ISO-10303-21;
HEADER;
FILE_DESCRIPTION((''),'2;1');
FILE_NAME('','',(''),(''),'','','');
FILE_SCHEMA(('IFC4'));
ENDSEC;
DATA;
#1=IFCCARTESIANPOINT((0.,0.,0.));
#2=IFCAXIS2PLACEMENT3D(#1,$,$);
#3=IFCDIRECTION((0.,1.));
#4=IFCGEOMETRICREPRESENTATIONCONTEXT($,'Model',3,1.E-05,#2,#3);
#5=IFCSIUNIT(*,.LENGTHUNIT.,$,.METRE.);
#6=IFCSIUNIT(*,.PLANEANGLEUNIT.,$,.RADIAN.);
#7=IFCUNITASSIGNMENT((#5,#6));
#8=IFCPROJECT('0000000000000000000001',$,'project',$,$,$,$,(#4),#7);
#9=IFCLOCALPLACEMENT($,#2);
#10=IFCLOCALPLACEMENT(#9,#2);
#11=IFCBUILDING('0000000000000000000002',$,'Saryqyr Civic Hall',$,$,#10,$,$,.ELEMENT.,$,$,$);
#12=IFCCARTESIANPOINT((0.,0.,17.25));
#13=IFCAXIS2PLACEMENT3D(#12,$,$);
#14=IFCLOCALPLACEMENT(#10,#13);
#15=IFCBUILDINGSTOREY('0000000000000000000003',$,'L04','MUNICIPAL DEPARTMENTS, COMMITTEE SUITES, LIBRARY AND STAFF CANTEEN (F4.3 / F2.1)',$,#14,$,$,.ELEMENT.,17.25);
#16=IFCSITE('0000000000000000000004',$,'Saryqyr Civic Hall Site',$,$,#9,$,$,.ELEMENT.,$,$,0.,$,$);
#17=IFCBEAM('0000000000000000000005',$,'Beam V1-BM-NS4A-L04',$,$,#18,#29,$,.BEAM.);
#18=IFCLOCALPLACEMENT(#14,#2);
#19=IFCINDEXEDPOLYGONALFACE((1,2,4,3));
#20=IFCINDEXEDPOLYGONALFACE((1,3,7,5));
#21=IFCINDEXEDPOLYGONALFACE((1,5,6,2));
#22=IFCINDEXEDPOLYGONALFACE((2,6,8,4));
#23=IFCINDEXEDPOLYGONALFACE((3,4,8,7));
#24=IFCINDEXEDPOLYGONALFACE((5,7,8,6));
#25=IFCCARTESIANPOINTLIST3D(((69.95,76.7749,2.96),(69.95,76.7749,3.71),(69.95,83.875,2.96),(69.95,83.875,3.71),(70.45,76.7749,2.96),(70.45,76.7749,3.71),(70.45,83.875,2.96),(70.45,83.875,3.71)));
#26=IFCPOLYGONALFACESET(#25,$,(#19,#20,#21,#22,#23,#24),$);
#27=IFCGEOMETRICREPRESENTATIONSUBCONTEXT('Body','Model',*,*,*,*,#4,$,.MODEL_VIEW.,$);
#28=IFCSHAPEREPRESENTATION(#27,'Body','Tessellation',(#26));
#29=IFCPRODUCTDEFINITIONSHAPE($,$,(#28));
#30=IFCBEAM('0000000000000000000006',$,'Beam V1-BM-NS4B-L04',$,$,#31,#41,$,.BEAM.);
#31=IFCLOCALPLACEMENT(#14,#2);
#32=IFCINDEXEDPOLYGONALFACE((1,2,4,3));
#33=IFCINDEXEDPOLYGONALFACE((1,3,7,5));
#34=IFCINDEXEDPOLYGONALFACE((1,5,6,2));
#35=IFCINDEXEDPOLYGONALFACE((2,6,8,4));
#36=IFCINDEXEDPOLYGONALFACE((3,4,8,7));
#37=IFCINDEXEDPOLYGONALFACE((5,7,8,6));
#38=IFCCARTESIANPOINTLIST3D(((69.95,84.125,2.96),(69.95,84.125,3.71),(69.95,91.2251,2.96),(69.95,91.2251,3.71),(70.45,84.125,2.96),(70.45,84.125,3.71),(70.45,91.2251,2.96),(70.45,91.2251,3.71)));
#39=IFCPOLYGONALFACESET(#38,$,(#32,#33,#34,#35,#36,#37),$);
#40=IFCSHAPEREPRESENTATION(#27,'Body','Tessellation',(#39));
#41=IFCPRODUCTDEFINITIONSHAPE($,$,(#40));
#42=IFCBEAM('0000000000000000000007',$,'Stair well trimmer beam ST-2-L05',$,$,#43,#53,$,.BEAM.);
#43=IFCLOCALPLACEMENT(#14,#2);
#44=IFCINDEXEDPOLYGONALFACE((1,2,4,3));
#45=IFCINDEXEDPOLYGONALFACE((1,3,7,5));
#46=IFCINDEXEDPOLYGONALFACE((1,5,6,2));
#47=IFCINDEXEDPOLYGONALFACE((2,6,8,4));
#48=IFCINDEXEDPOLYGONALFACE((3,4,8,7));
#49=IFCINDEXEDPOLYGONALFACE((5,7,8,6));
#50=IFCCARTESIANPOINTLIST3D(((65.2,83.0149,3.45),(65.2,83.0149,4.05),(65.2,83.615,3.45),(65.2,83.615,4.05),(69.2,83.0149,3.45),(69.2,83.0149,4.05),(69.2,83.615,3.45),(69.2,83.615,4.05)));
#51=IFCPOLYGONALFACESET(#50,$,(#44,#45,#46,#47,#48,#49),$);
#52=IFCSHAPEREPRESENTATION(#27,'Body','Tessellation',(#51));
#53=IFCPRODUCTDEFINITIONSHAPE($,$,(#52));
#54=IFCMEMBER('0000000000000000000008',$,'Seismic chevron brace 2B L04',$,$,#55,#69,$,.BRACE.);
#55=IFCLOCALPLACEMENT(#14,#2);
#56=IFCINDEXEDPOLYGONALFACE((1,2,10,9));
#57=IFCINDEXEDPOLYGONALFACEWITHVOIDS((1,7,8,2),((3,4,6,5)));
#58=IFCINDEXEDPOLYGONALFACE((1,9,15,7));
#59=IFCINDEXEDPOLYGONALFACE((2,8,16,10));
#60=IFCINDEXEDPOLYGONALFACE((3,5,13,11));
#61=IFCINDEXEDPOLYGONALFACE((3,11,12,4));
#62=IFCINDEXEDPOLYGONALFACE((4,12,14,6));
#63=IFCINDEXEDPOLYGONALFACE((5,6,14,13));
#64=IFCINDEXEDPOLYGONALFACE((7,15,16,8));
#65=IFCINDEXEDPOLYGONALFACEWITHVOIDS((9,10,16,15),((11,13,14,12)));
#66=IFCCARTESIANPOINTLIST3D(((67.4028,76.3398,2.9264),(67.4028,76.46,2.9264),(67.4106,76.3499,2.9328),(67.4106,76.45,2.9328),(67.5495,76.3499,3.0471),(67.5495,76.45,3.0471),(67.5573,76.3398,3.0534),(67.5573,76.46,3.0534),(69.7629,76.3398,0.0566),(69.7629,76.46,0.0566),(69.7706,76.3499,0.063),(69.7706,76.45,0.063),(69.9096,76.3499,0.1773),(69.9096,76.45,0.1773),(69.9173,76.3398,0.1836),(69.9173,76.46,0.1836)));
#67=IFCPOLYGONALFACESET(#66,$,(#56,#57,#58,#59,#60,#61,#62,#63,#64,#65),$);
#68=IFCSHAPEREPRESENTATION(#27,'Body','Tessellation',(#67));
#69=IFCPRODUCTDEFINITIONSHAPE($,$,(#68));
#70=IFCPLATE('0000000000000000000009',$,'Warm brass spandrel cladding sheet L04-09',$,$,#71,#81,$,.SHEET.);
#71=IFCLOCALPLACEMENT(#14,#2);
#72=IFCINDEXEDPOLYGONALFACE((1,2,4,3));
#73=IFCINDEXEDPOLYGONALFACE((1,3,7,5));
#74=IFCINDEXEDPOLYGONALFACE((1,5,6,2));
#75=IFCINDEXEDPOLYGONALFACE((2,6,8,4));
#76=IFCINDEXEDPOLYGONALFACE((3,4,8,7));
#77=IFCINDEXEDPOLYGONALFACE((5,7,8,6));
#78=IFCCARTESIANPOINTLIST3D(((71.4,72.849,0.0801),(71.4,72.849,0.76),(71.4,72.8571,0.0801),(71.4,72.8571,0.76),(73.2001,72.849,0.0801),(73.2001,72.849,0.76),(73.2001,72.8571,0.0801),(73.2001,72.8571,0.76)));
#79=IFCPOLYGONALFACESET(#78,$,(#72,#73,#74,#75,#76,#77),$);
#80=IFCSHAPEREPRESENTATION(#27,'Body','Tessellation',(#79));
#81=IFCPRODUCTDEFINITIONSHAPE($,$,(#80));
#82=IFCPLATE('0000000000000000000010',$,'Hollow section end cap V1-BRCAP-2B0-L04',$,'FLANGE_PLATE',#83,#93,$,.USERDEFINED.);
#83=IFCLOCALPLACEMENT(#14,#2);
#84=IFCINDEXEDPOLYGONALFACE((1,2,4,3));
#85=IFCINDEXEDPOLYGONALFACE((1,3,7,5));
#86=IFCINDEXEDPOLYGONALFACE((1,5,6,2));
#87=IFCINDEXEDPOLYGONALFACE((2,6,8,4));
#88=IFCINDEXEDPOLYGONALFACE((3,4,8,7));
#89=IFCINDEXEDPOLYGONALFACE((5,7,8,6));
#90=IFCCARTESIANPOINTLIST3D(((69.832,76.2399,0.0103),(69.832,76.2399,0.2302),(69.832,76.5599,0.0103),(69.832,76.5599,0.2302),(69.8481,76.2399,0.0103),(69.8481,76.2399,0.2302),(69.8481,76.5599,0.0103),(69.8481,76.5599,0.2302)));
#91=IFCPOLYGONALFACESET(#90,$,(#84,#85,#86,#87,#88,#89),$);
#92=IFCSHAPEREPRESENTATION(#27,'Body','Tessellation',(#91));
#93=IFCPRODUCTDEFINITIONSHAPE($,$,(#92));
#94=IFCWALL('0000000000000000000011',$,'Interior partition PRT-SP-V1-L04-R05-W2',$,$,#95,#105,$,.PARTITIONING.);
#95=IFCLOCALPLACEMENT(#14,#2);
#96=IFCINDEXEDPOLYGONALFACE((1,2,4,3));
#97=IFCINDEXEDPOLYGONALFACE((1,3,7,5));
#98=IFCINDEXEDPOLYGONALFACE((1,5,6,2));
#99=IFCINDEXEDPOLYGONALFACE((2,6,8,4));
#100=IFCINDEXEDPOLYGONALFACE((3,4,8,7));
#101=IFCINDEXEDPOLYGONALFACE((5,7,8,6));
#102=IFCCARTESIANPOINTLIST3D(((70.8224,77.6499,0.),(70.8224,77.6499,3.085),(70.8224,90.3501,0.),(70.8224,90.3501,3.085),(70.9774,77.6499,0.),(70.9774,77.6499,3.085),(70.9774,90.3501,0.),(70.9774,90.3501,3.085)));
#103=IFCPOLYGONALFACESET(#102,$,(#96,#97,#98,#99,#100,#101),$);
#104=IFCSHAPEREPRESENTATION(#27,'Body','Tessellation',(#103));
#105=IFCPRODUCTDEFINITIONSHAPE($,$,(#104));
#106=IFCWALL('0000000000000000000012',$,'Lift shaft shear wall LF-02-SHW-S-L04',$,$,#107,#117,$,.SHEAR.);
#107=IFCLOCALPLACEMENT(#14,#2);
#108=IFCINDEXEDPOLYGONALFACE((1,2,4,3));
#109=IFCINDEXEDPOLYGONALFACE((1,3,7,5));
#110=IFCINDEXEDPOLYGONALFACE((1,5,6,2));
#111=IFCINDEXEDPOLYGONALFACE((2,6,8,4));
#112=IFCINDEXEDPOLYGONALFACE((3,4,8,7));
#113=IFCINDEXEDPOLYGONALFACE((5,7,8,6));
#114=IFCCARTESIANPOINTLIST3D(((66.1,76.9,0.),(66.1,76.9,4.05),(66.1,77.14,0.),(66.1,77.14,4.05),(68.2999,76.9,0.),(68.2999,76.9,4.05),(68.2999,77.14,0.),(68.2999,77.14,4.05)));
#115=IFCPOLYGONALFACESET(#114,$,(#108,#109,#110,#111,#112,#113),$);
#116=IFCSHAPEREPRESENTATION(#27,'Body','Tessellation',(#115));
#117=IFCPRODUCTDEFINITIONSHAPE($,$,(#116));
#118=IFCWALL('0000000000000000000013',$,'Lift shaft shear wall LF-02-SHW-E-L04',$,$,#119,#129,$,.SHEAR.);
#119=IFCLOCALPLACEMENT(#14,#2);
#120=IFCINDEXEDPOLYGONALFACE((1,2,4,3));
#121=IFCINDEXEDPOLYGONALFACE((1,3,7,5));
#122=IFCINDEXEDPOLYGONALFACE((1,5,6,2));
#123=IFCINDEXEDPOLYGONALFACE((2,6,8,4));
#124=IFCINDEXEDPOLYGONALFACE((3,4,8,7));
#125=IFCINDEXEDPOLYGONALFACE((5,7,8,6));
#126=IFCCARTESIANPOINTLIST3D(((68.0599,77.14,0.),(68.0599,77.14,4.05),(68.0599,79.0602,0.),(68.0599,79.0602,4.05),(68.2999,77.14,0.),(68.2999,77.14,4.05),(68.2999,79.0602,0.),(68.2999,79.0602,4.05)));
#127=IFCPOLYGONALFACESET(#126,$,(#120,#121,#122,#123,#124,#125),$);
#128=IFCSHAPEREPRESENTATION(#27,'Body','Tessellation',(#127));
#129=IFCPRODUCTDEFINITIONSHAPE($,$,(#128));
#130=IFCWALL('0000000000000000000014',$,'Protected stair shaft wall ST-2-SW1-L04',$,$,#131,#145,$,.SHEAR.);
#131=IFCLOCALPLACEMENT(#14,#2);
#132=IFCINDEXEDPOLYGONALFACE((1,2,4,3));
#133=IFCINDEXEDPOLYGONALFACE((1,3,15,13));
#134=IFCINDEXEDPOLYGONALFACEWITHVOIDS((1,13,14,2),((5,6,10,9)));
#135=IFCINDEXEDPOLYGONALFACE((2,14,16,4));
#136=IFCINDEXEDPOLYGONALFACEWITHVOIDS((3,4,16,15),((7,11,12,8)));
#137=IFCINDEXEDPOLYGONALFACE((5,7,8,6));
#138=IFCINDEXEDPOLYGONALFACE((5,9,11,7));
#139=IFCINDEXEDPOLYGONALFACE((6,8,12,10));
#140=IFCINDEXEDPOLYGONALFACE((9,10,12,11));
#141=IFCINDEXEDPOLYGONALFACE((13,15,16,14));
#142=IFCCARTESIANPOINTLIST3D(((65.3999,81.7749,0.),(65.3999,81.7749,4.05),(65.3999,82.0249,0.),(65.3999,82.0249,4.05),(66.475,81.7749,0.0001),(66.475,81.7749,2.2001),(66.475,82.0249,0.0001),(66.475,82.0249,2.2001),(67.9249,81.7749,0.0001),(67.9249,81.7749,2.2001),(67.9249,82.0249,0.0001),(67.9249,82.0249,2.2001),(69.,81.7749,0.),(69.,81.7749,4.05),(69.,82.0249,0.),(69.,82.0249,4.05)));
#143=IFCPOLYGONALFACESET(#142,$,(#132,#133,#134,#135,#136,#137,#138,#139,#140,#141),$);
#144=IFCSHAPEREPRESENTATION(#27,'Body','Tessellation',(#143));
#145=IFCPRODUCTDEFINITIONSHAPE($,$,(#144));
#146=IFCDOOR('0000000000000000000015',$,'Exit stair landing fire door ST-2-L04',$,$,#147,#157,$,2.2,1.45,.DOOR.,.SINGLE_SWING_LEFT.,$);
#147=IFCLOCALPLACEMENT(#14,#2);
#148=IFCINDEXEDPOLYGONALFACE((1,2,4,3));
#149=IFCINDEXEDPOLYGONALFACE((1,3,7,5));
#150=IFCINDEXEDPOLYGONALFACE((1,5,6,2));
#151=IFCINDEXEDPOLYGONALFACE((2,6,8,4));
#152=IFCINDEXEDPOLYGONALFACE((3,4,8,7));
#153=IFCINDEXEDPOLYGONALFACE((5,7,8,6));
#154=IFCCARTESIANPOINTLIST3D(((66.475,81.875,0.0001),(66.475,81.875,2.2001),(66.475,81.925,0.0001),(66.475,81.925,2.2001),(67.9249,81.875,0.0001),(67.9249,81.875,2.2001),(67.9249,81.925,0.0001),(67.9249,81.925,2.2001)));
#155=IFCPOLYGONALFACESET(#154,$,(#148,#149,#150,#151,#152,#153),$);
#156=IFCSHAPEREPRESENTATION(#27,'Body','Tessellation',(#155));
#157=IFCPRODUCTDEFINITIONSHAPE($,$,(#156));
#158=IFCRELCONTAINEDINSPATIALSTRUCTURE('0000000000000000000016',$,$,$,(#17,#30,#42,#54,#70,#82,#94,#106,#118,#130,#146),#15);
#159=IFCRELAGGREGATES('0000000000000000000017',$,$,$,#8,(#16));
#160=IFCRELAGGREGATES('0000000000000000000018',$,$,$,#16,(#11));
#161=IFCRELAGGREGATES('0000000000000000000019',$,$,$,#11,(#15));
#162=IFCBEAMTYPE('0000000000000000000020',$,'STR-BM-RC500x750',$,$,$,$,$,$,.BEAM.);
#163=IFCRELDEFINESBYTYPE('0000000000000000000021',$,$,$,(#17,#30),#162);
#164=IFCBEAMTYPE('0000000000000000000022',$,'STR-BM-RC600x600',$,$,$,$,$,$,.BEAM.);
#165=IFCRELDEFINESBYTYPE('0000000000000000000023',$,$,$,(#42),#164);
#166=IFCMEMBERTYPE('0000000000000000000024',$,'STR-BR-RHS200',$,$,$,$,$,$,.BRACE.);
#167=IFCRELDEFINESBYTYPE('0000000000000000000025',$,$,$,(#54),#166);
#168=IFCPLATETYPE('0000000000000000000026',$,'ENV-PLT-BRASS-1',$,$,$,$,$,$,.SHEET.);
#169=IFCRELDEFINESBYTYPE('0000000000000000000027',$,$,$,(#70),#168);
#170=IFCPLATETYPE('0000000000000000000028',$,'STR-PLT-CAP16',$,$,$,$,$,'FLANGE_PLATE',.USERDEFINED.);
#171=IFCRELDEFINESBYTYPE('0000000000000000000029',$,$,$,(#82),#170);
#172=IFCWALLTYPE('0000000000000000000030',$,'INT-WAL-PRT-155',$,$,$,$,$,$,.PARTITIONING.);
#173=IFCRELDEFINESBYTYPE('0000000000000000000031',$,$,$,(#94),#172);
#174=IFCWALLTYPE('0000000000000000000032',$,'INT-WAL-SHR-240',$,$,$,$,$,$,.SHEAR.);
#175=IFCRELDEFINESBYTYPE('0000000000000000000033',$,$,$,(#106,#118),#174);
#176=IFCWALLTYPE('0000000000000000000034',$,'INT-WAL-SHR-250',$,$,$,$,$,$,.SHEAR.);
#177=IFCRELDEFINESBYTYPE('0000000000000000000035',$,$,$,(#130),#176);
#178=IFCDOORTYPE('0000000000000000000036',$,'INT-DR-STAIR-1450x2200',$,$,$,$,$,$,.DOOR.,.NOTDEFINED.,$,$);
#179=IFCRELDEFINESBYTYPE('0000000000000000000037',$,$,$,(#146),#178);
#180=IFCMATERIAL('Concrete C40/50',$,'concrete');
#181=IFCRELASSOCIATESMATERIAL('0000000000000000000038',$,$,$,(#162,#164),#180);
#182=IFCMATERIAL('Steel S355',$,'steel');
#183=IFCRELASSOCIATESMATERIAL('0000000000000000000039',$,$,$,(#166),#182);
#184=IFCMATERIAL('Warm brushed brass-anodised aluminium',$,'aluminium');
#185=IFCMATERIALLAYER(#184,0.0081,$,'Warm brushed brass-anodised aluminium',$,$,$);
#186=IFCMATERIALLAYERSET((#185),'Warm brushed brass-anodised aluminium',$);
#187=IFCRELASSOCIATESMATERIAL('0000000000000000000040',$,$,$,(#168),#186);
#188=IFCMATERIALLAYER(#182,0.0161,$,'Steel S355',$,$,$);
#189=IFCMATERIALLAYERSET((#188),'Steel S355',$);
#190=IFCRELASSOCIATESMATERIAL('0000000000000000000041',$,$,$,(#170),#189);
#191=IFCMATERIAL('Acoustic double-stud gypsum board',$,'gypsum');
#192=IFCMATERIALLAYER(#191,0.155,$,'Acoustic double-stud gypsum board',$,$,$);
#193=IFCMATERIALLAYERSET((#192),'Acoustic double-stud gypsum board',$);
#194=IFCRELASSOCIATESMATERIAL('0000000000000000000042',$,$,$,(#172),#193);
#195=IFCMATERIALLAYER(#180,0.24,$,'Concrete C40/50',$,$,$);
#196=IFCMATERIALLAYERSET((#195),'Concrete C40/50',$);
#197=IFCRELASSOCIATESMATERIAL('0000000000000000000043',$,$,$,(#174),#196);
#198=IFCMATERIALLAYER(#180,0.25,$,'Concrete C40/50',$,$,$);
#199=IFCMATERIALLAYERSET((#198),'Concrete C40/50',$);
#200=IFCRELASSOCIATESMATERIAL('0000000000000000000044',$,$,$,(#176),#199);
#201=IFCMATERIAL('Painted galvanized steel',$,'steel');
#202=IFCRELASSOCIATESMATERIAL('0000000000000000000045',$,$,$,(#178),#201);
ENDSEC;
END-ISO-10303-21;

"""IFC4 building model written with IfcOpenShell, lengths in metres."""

from ifc_helpers import new_model, si_unit, direction, frame, frame_2d, origin, origin_2d, place, context, subcontext, project, spatial, rectangle, hollow_rectangle, extrude, material, layer, layer_set, material_profile, profile_set, type_object, element, fill, save


model = new_model("IFC4")

# Units and contexts
model_context = context("Model", 3, precision=1e-05, world=origin(), true_north=direction((0.0, 1.0)))
body_context = subcontext(model_context, "Body", "Model", "MODEL_VIEW")
ifc_project = project(units=[si_unit("LENGTHUNIT", "METRE"), si_unit("PLANEANGLEUNIT", "RADIAN")], contexts=[model_context])

# Site, building, storey
site_placement = place(None, origin())
site = spatial("IfcSite", under=ifc_project, at=site_placement, Name="Saryqyr Civic Hall Site", CompositionType="ELEMENT", RefElevation=0.0)
building_placement = place(site_placement, origin())
building = spatial("IfcBuilding", under=site, at=building_placement, Name="Saryqyr Civic Hall", CompositionType="ELEMENT")
storey_placement = place(building_placement, frame((0.0, 0.0, 17.25)))
storey = spatial("IfcBuildingStorey", under=building, at=storey_placement, Name="L04", Description="MUNICIPAL DEPARTMENTS, COMMITTEE SUITES, LIBRARY AND STAFF CANTEEN (F4.3 / F2.1)", CompositionType="ELEMENT", Elevation=17.25)

# Shared definitions
ifc_material_1 = material(Name="Steel S355", Category="steel")
ifc_material_2 = material(Name="Concrete C40/50", Category="concrete")

# Beams
ifc_material_profile_1 = material_profile(ifc_material_2, rectangle(XDim=0.5, YDim=0.75, at=origin_2d()), Name="RC 500x750")
ifc_profile_set_1 = profile_set([ifc_material_profile_1], Name="Concrete C40/50")
beam_type_1 = type_object("IfcBeamType", Name="STR-BM-RC500x750", PredefinedType="BEAM", material=ifc_profile_set_1)
for number, where, z_axis, x_axis, name in (
    (1, (70.2, 76.7749, 3.335), (0.0, 1.0, 0.0), (-1.0, 0.0, 0.0), "Beam V1-BM-NS4A-L04"),
    (2, (70.2, 84.125, 3.335), (0.0, 1.0, 0.0), (-1.0, 0.0, 0.0), "Beam V1-BM-NS4B-L04"),
):
    element("IfcBeam", number, at=place(storey_placement, frame(where, z_axis=z_axis, x_axis=x_axis)), inside=storey, type_object=beam_type_1, Name=name, PredefinedType="BEAM", context=body_context, shape_type="SweptSolid", body=[
        extrude(rectangle(XDim=0.5, YDim=0.75, at=origin_2d()), origin(), (0.0, 0.0, 1.0), 7.1001),
    ])
ifc_material_profile_2 = material_profile(ifc_material_2, rectangle(XDim=0.6001, YDim=0.6001, at=origin_2d()), Name="RC 600x600")
ifc_profile_set_2 = profile_set([ifc_material_profile_2], Name="Concrete C40/50")
beam_type_2 = type_object("IfcBeamType", Name="STR-BM-RC600x600", PredefinedType="BEAM", material=ifc_profile_set_2)
beam_1_placement = place(storey_placement, frame((69.2, 83.3149, 3.75), z_axis=(-1.0, 0.0, 0.0), x_axis=(0.0, -1.0, 0.0)))
element("IfcBeam", 3, at=beam_1_placement, inside=storey, type_object=beam_type_2, Name="Stair well trimmer beam ST-2-L05", PredefinedType="BEAM", context=body_context, shape_type="SweptSolid", body=[
    extrude(rectangle(XDim=0.6001, YDim=0.6001, at=origin_2d()), origin(), (0.0, 0.0, 1.0), 4.0),
])

# Member
ifc_material_profile_3 = material_profile(ifc_material_1, hollow_rectangle(XDim=0.1201, YDim=0.2, WallThickness=0.01, at=origin_2d()), Name="RHS 200x120x10")
ifc_profile_set_3 = profile_set([ifc_material_profile_3], Name="Steel S355")
member_type_1 = type_object("IfcMemberType", Name="STR-BR-RHS200", PredefinedType="BRACE", material=ifc_profile_set_3)
member_1_placement = place(storey_placement, frame((69.8401, 76.3999, 0.1201), z_axis=(-0.635175, 0.0, 0.772368), x_axis=(0.0, -1.0, 0.0)))
element("IfcMember", 4, at=member_1_placement, inside=storey, type_object=member_type_1, Name="Seismic chevron brace 2B L04", PredefinedType="BRACE", context=body_context, shape_type="SweptSolid", body=[
    extrude(hollow_rectangle(XDim=0.1201, YDim=0.2, WallThickness=0.01, at=origin_2d()), origin(), (0.0, 0.0, 1.0), 3.7156),
])

# Plates
ifc_material_3 = material(Name="Warm brushed brass-anodised aluminium", Category="aluminium")
ifc_layer_1 = layer(ifc_material_3, 0.0081, Name="Warm brushed brass-anodised aluminium")
ifc_layer_set_1 = layer_set([ifc_layer_1], Name="Warm brushed brass-anodised aluminium")
plate_type_1 = type_object("IfcPlateType", Name="ENV-PLT-BRASS-1", PredefinedType="SHEET", material=ifc_layer_set_1)
plate_1_placement = place(storey_placement, frame((72.3, 72.853, 0.0801), z_axis=(0.0, 0.0, 1.0), x_axis=(-1.0, 0.0, 0.0)))
element("IfcPlate", 5, at=plate_1_placement, inside=storey, type_object=plate_type_1, Name="Warm brass spandrel cladding sheet L04-09", PredefinedType="SHEET", context=body_context, shape_type="SweptSolid", body=[
    extrude(rectangle(XDim=1.8, YDim=0.0081, at=origin_2d()), origin(), (0.0, 0.0, 1.0), 0.6799),
])
ifc_layer_2 = layer(ifc_material_1, 0.0161, Name="Steel S355")
ifc_layer_set_2 = layer_set([ifc_layer_2], Name="Steel S355")
plate_type_2 = type_object("IfcPlateType", Name="STR-PLT-CAP16", ElementType="FLANGE_PLATE", PredefinedType="USERDEFINED", material=ifc_layer_set_2)
plate_2_placement = place(storey_placement, frame((69.8401, 76.3999, 0.0103), z_axis=(0.0, 0.0, 1.0), x_axis=(1.0, 0.0, 0.0)))
element("IfcPlate", 6, at=plate_2_placement, inside=storey, type_object=plate_type_2, Name="Hollow section end cap V1-BRCAP-2B0-L04", ObjectType="FLANGE_PLATE", PredefinedType="USERDEFINED", context=body_context, shape_type="SweptSolid", body=[
    extrude(rectangle(XDim=0.0161, YDim=0.3201, at=origin_2d()), origin(), (0.0, 0.0, 1.0), 0.22),
])

# Walls
ifc_material_4 = material(Name="Acoustic double-stud gypsum board", Category="gypsum")
ifc_layer_3 = layer(ifc_material_4, 0.155, Name="Acoustic double-stud gypsum board")
ifc_layer_set_3 = layer_set([ifc_layer_3], Name="Acoustic double-stud gypsum board")
wall_type_1 = type_object("IfcWallType", Name="INT-WAL-PRT-155", PredefinedType="PARTITIONING", material=ifc_layer_set_3)
wall_1_placement = place(storey_placement, frame((70.8999, 77.6499, 0.0), z_axis=(0.0, 0.0, 1.0), x_axis=(0.0, 1.0, 0.0)))
element("IfcWall", 7, at=wall_1_placement, inside=storey, type_object=wall_type_1, Name="Interior partition PRT-SP-V1-L04-R05-W2", PredefinedType="PARTITIONING", context=body_context, shape_type="SweptSolid", body=[
    extrude(rectangle(XDim=12.7002, YDim=0.155, at=frame_2d((6.3501, 0.0))), origin(), (0.0, 0.0, 1.0), 3.085),
])
ifc_layer_4 = layer(ifc_material_2, 0.24, Name="Concrete C40/50")
ifc_layer_set_4 = layer_set([ifc_layer_4], Name="Concrete C40/50")
wall_type_2 = type_object("IfcWallType", Name="INT-WAL-SHR-240", PredefinedType="SHEAR", material=ifc_layer_set_4)
wall_2_placement = place(storey_placement, frame((68.3, 77.02, 0.0), z_axis=(0.0, 0.0, 1.0), x_axis=(-1.0, 0.0, 0.0)))
element("IfcWall", 8, at=wall_2_placement, inside=storey, type_object=wall_type_2, Name="Lift shaft shear wall LF-02-SHW-S-L04", PredefinedType="SHEAR", context=body_context, shape_type="SweptSolid", body=[
    extrude(rectangle(XDim=2.2, YDim=0.24, at=frame_2d((1.1001, 0.0))), origin(), (0.0, 0.0, 1.0), 4.05),
])
wall_3_placement = place(storey_placement, frame((68.1799, 79.0601, 0.0), z_axis=(0.0, 0.0, 1.0), x_axis=(0.0, -1.0, 0.0)))
element("IfcWall", 9, at=wall_3_placement, inside=storey, type_object=wall_type_2, Name="Lift shaft shear wall LF-02-SHW-E-L04", PredefinedType="SHEAR", context=body_context, shape_type="SweptSolid", body=[
    extrude(rectangle(XDim=1.9202, YDim=0.24, at=frame_2d((0.96, 0.0))), origin(), (0.0, 0.0, 1.0), 4.05),
])

# Wall, opening, door
ifc_layer_5 = layer(ifc_material_2, 0.25, Name="Concrete C40/50")
ifc_layer_set_5 = layer_set([ifc_layer_5], Name="Concrete C40/50")
wall_type_3 = type_object("IfcWallType", Name="INT-WAL-SHR-250", PredefinedType="SHEAR", material=ifc_layer_set_5)
wall_4_placement = place(storey_placement, frame((69.0, 81.8999, 0.0), z_axis=(0.0, 0.0, 1.0), x_axis=(-1.0, 0.0, 0.0)))
wall_4 = element("IfcWall", 10, at=wall_4_placement, inside=storey, type_object=wall_type_3, Name="Protected stair shaft wall ST-2-SW1-L04", PredefinedType="SHEAR", context=body_context, shape_type="SweptSolid", body=[
    extrude(rectangle(XDim=3.6001, YDim=0.25, at=frame_2d((1.8, 0.0))), origin(), (0.0, 0.0, 1.0), 4.05),
])
opening_placement = place(wall_4_placement, frame((1.075, 0.0, 0.0)))
opening = element("IfcOpeningElement", 11, at=opening_placement, cuts=wall_4, PredefinedType="OPENING", context=body_context, shape_type="SweptSolid", body=[
    extrude(rectangle(XDim=1.45, YDim=2.2, at=frame_2d((0.7251, 1.1001))), frame((0.0, 0.135, 0.0), z_axis=(0.0, -1.0, 0.0), x_axis=(1.0, 0.0, 0.0)), (0.0, 0.0, 1.0), 0.27),
])
ifc_material_5 = material(Name="Painted galvanized steel", Category="steel")
door_type = type_object("IfcDoorType", Name="INT-DR-STAIR-1450x2200", OperationType="NOTDEFINED", PredefinedType="DOOR", material=ifc_material_5)
door_placement = place(opening_placement, origin())
door = element("IfcDoor", 12, at=door_placement, inside=storey, type_object=door_type, Name="Exit stair landing fire door ST-2-L04", OperationType="SINGLE_SWING_LEFT", OverallHeight=2.2, OverallWidth=1.45, PredefinedType="DOOR", context=body_context, shape_type="SweptSolid", body=[
    extrude(rectangle(XDim=1.45, YDim=2.2, at=frame_2d((0.7251, 1.1001))), frame((0.0, 0.0249, 0.0), z_axis=(0.0, -1.0, 0.0), x_axis=(1.0, 0.0, 0.0)), (0.0, 0.0, 1.0), 0.05),
])
fill(opening, door)

save(model, "model.ifc")
